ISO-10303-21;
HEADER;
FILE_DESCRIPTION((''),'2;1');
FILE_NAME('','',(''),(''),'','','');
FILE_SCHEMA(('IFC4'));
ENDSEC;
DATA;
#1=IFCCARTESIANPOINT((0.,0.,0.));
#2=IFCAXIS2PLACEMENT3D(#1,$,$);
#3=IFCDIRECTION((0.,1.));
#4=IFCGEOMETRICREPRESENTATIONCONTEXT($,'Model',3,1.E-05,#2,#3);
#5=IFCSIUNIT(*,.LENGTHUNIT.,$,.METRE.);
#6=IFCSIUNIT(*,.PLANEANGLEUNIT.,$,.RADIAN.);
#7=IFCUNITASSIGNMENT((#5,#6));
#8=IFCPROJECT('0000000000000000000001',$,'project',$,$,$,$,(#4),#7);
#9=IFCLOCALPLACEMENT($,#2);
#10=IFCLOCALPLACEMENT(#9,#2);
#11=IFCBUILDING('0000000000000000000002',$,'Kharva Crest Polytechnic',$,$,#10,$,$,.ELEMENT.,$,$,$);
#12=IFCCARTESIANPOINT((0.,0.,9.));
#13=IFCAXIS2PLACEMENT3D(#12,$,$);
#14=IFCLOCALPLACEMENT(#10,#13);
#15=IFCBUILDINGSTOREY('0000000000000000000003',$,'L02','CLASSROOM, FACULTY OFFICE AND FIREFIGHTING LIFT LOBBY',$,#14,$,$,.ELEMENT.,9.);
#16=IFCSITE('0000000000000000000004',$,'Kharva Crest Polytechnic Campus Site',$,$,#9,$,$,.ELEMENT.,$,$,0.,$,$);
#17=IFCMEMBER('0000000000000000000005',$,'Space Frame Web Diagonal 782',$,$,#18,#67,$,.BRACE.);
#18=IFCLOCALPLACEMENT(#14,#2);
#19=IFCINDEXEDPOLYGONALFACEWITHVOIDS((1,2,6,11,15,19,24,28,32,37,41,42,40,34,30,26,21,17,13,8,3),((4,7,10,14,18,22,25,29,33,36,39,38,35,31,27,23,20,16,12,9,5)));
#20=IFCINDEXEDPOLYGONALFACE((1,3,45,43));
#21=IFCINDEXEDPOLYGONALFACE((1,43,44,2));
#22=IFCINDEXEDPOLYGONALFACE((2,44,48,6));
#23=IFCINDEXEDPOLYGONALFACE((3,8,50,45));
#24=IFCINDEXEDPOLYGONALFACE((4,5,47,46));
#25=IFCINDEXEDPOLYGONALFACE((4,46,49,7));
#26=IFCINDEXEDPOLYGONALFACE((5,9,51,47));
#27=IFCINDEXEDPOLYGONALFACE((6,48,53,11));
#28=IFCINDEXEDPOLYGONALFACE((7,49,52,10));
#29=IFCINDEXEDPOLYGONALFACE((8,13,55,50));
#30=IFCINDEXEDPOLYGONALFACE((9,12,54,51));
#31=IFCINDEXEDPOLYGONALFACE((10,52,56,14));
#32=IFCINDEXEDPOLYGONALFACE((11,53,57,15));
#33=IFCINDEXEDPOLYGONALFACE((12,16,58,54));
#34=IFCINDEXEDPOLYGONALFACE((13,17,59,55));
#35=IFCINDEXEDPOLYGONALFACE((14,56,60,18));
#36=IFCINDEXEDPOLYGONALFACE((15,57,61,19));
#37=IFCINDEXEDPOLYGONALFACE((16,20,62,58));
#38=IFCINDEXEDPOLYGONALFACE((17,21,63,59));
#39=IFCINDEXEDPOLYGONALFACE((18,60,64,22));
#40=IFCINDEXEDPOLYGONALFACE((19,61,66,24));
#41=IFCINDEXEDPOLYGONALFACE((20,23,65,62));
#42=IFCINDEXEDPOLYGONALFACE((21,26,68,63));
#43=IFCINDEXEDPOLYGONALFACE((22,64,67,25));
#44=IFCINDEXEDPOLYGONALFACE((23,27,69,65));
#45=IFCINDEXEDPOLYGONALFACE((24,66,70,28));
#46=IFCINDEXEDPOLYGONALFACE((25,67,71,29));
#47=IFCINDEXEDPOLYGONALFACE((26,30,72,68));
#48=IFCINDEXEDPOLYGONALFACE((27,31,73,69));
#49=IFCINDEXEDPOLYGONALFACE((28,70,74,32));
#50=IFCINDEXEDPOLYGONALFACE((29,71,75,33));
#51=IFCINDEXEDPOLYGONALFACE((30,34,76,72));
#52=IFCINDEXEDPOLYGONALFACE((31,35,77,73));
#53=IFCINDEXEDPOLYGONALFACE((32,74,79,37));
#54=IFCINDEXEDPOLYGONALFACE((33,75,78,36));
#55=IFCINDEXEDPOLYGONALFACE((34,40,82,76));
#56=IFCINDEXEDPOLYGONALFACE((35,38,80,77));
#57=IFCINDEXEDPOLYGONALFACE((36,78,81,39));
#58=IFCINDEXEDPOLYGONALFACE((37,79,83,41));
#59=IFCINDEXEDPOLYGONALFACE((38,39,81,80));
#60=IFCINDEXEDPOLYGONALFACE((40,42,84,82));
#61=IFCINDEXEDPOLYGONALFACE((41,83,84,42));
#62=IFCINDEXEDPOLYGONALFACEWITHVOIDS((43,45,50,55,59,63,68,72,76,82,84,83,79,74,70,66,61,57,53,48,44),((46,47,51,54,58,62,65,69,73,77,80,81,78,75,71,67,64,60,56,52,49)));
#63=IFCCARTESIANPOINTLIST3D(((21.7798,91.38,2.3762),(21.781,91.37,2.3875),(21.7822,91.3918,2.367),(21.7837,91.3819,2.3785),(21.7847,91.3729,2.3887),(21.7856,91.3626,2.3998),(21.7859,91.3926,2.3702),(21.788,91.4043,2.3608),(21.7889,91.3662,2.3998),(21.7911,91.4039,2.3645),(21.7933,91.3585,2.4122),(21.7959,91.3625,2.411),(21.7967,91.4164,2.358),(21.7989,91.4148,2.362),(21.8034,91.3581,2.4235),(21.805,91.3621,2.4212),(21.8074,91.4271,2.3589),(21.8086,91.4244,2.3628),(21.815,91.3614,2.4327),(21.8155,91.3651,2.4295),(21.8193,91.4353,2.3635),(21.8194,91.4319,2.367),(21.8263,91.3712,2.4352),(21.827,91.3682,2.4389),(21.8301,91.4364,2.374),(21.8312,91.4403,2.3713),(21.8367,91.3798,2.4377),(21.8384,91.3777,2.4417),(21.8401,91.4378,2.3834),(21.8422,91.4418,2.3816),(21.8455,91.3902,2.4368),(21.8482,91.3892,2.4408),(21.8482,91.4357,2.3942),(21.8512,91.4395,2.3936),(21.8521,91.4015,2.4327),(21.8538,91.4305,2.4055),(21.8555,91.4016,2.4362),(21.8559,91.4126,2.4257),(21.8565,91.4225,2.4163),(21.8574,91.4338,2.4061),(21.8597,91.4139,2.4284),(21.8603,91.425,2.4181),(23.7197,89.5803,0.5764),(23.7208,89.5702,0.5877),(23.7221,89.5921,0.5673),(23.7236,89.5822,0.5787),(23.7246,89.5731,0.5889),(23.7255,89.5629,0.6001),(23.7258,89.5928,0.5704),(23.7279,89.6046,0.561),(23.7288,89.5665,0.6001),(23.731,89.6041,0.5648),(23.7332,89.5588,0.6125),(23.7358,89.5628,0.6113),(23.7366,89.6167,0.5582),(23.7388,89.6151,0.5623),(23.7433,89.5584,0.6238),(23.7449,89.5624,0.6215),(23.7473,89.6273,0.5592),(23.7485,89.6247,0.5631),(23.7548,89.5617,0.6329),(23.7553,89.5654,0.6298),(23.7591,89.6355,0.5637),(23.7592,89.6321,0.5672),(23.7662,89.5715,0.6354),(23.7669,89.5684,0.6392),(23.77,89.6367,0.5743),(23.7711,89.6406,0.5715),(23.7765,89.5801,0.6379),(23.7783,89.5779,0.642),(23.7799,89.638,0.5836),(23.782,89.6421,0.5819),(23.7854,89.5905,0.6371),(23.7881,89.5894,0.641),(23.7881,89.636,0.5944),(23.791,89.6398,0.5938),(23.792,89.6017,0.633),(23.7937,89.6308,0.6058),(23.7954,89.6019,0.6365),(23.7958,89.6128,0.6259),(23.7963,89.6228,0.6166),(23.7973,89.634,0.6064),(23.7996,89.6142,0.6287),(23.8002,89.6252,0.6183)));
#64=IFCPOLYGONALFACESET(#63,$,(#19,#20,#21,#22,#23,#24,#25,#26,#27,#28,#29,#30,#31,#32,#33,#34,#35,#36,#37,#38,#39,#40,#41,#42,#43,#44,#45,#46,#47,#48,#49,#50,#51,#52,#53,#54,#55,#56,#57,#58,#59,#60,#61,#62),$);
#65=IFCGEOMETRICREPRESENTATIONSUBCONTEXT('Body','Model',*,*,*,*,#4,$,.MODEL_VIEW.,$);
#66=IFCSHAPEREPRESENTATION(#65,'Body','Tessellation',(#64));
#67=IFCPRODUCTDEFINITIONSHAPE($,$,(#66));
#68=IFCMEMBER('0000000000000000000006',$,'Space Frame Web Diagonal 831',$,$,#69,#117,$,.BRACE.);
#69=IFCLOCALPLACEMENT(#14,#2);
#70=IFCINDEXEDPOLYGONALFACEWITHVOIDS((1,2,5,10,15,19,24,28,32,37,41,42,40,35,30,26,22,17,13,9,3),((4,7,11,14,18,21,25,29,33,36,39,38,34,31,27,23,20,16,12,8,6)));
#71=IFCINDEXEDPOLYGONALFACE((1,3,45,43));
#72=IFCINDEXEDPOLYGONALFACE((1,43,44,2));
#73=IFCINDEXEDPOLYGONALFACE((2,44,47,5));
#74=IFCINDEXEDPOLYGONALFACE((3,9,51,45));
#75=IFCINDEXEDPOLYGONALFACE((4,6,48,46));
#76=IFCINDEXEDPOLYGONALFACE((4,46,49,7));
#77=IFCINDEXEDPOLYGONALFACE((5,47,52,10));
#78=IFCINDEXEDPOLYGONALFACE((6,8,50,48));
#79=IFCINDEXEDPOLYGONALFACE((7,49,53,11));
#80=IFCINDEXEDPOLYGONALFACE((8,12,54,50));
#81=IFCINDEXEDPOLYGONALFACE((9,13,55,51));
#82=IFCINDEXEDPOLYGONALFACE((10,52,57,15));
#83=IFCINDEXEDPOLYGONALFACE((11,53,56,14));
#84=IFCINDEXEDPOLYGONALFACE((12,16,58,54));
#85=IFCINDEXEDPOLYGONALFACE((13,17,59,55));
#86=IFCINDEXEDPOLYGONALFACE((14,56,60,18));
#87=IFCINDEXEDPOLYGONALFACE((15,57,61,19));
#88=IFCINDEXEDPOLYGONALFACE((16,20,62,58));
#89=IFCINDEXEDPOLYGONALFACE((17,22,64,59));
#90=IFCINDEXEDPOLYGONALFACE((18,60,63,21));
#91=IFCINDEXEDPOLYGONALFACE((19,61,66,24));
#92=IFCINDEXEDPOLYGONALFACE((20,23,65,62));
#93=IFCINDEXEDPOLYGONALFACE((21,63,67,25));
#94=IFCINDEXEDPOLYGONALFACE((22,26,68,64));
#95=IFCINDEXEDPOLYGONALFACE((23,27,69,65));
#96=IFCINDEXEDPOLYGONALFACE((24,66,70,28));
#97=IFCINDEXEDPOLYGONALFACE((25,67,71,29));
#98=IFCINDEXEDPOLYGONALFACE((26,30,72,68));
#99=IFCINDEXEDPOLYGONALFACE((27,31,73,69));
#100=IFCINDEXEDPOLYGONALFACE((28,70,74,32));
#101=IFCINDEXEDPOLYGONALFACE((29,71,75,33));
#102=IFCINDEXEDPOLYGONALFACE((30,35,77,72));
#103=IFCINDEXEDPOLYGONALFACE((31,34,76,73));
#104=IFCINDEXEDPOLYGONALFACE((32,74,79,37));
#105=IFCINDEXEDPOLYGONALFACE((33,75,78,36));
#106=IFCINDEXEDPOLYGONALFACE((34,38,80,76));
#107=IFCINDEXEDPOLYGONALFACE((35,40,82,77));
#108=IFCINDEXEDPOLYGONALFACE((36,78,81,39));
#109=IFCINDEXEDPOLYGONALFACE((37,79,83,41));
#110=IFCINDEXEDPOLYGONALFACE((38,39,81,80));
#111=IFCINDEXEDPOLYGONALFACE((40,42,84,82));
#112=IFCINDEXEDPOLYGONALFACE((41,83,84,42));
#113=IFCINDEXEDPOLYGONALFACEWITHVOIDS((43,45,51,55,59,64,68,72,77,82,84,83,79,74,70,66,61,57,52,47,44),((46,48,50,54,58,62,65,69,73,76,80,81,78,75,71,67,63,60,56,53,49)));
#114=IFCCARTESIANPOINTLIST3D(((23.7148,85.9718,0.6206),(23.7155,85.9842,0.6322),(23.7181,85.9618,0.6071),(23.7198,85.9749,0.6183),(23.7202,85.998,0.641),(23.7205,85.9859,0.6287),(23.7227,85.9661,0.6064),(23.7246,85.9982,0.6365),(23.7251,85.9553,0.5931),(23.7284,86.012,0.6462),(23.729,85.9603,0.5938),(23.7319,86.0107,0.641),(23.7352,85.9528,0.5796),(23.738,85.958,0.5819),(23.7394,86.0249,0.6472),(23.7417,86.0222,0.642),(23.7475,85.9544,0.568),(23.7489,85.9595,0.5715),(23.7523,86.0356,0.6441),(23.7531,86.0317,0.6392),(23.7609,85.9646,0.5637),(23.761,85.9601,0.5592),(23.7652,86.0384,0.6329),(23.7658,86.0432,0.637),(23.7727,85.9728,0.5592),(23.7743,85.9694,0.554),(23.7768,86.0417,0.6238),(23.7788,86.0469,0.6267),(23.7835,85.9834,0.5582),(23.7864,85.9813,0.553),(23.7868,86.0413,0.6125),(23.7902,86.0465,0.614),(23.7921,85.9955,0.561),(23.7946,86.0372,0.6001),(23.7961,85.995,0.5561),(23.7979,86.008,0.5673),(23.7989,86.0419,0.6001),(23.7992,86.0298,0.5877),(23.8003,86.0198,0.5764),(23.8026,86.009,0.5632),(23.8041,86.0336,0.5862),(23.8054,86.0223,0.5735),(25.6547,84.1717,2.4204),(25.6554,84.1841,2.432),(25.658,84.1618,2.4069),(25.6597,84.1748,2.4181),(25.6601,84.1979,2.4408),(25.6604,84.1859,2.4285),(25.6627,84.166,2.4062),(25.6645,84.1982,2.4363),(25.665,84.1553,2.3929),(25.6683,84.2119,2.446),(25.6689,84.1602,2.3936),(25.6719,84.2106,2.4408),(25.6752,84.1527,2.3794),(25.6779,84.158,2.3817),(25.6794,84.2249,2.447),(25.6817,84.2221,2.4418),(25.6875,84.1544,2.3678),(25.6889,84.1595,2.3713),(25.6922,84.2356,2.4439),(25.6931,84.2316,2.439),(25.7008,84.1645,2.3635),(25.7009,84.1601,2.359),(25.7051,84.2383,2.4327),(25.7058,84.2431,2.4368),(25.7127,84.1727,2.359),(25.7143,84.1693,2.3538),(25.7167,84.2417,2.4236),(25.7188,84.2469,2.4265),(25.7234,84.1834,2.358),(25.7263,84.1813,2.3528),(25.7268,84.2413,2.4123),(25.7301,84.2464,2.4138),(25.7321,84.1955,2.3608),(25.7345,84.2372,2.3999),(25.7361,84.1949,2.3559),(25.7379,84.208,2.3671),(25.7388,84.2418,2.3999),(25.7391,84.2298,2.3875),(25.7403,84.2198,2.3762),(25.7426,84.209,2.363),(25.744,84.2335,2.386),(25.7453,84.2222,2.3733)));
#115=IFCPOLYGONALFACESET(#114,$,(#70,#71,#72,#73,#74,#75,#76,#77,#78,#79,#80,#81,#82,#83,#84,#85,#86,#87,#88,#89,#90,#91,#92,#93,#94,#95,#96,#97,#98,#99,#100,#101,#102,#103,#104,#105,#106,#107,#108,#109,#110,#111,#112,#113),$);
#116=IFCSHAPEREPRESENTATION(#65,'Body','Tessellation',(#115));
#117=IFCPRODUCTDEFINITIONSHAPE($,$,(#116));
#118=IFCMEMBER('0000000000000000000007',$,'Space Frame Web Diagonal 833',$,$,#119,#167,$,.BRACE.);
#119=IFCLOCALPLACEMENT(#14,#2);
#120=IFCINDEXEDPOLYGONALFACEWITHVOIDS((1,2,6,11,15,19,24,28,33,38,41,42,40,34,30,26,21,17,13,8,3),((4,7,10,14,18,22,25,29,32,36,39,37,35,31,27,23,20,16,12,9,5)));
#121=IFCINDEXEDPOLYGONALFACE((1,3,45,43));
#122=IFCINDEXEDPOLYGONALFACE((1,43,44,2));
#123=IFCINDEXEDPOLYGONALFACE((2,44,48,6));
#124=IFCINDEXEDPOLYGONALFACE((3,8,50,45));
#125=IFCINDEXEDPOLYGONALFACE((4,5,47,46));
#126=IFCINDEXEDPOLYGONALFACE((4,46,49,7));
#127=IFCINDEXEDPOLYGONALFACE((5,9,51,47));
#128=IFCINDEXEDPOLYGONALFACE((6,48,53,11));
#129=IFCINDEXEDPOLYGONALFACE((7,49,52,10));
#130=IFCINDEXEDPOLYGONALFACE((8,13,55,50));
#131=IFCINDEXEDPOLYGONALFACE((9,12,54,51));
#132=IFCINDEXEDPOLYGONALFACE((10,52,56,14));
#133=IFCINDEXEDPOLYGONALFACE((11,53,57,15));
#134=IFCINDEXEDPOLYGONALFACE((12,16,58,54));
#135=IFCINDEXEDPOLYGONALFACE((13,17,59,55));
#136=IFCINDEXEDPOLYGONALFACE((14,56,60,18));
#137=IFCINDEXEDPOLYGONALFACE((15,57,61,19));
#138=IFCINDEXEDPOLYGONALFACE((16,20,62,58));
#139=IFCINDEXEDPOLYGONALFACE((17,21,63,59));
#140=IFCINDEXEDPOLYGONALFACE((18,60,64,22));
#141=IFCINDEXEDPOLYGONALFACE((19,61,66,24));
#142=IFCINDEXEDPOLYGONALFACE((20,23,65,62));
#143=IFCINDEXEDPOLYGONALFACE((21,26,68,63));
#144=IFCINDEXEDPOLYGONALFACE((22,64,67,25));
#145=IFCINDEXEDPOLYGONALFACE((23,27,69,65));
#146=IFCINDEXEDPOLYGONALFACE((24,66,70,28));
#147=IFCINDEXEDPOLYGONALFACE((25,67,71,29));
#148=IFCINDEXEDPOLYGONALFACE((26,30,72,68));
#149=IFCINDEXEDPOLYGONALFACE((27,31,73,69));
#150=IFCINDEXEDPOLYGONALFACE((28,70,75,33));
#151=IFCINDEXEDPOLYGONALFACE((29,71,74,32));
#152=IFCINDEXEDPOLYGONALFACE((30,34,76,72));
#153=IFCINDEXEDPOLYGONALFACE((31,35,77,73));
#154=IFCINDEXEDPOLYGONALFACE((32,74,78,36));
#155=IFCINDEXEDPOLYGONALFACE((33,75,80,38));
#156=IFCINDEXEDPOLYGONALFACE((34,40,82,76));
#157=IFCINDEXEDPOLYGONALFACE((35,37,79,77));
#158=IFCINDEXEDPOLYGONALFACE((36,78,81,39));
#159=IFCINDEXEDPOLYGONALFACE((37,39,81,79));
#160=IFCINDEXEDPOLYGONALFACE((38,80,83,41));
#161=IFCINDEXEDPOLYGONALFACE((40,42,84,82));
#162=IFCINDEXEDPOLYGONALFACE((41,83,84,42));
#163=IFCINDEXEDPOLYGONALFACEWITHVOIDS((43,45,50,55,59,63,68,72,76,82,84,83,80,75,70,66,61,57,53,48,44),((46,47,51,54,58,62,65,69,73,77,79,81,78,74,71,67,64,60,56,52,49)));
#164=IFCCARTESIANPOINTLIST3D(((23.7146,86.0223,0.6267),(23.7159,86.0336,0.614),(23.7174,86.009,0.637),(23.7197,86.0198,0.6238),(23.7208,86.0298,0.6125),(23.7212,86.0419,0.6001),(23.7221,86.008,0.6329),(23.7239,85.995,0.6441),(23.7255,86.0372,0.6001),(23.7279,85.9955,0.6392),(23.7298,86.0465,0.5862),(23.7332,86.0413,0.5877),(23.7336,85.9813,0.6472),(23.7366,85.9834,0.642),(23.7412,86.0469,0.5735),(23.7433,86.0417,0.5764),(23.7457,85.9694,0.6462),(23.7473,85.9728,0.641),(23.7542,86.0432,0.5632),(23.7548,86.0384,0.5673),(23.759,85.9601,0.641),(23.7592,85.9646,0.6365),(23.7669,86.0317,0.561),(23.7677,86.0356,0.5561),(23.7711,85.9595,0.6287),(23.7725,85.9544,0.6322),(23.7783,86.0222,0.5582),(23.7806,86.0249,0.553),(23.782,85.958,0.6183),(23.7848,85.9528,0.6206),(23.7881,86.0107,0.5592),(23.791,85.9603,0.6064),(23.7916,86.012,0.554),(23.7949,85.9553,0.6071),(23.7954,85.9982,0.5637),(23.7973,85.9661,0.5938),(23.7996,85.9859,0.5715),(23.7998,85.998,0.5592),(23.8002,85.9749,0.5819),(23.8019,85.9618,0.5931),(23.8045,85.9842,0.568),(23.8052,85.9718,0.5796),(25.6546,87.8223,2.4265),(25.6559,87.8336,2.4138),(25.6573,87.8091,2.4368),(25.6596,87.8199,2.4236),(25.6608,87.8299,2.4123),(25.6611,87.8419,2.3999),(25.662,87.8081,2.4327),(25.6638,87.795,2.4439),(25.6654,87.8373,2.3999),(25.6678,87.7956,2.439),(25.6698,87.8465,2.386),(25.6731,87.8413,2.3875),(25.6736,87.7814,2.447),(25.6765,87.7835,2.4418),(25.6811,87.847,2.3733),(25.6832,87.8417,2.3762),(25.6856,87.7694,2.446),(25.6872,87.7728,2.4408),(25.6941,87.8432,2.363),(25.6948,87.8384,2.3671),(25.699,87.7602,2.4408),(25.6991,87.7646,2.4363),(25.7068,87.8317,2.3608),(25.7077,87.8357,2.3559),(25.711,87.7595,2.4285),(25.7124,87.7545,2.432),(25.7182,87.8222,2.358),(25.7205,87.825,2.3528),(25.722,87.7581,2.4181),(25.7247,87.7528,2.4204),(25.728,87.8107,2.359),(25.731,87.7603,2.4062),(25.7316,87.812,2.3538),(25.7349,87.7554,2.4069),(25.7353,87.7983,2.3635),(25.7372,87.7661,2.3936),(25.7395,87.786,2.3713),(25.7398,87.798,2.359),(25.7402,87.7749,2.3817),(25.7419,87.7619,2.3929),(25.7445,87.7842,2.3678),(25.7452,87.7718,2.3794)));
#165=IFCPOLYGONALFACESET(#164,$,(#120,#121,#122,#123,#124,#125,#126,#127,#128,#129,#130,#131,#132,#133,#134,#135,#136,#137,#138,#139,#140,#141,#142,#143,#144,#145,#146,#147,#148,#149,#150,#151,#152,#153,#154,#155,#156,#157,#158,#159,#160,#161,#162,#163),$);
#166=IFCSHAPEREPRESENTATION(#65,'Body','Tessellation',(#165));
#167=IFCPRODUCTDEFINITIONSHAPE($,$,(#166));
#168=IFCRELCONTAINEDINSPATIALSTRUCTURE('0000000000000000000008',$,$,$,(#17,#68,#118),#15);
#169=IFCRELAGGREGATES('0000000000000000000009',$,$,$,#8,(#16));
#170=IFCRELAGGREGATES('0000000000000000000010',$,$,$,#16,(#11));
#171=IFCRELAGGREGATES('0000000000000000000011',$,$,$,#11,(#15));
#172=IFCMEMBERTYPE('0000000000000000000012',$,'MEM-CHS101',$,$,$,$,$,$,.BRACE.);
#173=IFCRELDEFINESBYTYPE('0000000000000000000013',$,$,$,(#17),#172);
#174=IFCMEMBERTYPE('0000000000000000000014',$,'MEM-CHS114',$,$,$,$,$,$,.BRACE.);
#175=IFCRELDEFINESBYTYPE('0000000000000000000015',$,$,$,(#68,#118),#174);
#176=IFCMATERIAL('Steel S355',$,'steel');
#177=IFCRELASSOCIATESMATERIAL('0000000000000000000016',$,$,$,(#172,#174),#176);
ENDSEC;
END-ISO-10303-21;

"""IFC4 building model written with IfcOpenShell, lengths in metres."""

from ifc_helpers import new_model, si_unit, direction, frame, origin, origin_2d, place, context, subcontext, project, spatial, hollow_circle, extrude, material, material_profile, profile_set, type_object, element, save


model = new_model("IFC4")

# Units and contexts
model_context = context("Model", 3, precision=1e-05, world=origin(), true_north=direction((0.0, 1.0)))
body_context = subcontext(model_context, "Body", "Model", "MODEL_VIEW")
ifc_project = project(units=[si_unit("LENGTHUNIT", "METRE"), si_unit("PLANEANGLEUNIT", "RADIAN")], contexts=[model_context])

# Site, building, storey
site_placement = place(None, origin())
site = spatial("IfcSite", under=ifc_project, at=site_placement, Name="Kharva Crest Polytechnic Campus Site", CompositionType="ELEMENT", RefElevation=0.0)
building_placement = place(site_placement, origin())
building = spatial("IfcBuilding", under=site, at=building_placement, Name="Kharva Crest Polytechnic", CompositionType="ELEMENT")
storey_placement = place(building_placement, frame((0.0, 0.0, 9.0)))
storey = spatial("IfcBuildingStorey", under=building, at=storey_placement, Name="L02", Description="CLASSROOM, FACULTY OFFICE AND FIREFIGHTING LIFT LOBBY", CompositionType="ELEMENT", Elevation=9.0)

# Shared definitions
ifc_material_1 = material(Name="Steel S355", Category="steel")

# Members
ifc_material_profile_1 = material_profile(ifc_material_1, hollow_circle(Radius=0.0508, WallThickness=0.0049, at=origin_2d()), Name="CHS 101.6X5.0")
ifc_profile_set_1 = profile_set([ifc_material_profile_1], Name="Steel S355")
member_type_1 = type_object("IfcMemberType", Name="MEM-CHS101", PredefinedType="BRACE", material=ifc_profile_set_1)
member_1_placement = place(storey_placement, frame((23.76, 89.6001, 0.6001), z_axis=(-0.606173, 0.562385, 0.562385), x_axis=(-0.680133, -0.733089, 0.0)))
element("IfcMember", 1, at=member_1_placement, inside=storey, type_object=member_type_1, Name="Space Frame Web Diagonal 782", PredefinedType="BRACE", context=body_context, shape_type="SweptSolid", body=[
    extrude(hollow_circle(Radius=0.0508, WallThickness=0.0049, at=origin_2d()), origin(), (0.0, 0.0, 1.0), 3.2002),
])
ifc_material_profile_2 = material_profile(ifc_material_1, hollow_circle(Radius=0.0571, WallThickness=0.0063, at=origin_2d()), Name="CHS 114.3X6.3")
ifc_profile_set_2 = profile_set([ifc_material_profile_2], Name="Steel S355")
member_type_2 = type_object("IfcMemberType", Name="MEM-CHS114", PredefinedType="BRACE", material=ifc_profile_set_2)
for number, where, z_axis, x_axis, name in (
    (2, (23.76, 86.0, 0.6001), (0.606147, -0.562437, 0.562361), (0.680182, 0.733043, 0.0), "Space Frame Web Diagonal 831"),
    (3, (23.76, 86.0, 0.6001), (0.606147, 0.562437, 0.562361), (-0.680182, 0.733043, 0.0), "Space Frame Web Diagonal 833"),
):
    element("IfcMember", number, at=place(storey_placement, frame(where, z_axis=z_axis, x_axis=x_axis)), inside=storey, type_object=member_type_2, Name=name, PredefinedType="BRACE", context=body_context, shape_type="SweptSolid", body=[
        extrude(hollow_circle(Radius=0.0571, WallThickness=0.0063, at=origin_2d()), origin(), (0.0, 0.0, 1.0), 3.2004),
    ])

save(model, "model.ifc")
